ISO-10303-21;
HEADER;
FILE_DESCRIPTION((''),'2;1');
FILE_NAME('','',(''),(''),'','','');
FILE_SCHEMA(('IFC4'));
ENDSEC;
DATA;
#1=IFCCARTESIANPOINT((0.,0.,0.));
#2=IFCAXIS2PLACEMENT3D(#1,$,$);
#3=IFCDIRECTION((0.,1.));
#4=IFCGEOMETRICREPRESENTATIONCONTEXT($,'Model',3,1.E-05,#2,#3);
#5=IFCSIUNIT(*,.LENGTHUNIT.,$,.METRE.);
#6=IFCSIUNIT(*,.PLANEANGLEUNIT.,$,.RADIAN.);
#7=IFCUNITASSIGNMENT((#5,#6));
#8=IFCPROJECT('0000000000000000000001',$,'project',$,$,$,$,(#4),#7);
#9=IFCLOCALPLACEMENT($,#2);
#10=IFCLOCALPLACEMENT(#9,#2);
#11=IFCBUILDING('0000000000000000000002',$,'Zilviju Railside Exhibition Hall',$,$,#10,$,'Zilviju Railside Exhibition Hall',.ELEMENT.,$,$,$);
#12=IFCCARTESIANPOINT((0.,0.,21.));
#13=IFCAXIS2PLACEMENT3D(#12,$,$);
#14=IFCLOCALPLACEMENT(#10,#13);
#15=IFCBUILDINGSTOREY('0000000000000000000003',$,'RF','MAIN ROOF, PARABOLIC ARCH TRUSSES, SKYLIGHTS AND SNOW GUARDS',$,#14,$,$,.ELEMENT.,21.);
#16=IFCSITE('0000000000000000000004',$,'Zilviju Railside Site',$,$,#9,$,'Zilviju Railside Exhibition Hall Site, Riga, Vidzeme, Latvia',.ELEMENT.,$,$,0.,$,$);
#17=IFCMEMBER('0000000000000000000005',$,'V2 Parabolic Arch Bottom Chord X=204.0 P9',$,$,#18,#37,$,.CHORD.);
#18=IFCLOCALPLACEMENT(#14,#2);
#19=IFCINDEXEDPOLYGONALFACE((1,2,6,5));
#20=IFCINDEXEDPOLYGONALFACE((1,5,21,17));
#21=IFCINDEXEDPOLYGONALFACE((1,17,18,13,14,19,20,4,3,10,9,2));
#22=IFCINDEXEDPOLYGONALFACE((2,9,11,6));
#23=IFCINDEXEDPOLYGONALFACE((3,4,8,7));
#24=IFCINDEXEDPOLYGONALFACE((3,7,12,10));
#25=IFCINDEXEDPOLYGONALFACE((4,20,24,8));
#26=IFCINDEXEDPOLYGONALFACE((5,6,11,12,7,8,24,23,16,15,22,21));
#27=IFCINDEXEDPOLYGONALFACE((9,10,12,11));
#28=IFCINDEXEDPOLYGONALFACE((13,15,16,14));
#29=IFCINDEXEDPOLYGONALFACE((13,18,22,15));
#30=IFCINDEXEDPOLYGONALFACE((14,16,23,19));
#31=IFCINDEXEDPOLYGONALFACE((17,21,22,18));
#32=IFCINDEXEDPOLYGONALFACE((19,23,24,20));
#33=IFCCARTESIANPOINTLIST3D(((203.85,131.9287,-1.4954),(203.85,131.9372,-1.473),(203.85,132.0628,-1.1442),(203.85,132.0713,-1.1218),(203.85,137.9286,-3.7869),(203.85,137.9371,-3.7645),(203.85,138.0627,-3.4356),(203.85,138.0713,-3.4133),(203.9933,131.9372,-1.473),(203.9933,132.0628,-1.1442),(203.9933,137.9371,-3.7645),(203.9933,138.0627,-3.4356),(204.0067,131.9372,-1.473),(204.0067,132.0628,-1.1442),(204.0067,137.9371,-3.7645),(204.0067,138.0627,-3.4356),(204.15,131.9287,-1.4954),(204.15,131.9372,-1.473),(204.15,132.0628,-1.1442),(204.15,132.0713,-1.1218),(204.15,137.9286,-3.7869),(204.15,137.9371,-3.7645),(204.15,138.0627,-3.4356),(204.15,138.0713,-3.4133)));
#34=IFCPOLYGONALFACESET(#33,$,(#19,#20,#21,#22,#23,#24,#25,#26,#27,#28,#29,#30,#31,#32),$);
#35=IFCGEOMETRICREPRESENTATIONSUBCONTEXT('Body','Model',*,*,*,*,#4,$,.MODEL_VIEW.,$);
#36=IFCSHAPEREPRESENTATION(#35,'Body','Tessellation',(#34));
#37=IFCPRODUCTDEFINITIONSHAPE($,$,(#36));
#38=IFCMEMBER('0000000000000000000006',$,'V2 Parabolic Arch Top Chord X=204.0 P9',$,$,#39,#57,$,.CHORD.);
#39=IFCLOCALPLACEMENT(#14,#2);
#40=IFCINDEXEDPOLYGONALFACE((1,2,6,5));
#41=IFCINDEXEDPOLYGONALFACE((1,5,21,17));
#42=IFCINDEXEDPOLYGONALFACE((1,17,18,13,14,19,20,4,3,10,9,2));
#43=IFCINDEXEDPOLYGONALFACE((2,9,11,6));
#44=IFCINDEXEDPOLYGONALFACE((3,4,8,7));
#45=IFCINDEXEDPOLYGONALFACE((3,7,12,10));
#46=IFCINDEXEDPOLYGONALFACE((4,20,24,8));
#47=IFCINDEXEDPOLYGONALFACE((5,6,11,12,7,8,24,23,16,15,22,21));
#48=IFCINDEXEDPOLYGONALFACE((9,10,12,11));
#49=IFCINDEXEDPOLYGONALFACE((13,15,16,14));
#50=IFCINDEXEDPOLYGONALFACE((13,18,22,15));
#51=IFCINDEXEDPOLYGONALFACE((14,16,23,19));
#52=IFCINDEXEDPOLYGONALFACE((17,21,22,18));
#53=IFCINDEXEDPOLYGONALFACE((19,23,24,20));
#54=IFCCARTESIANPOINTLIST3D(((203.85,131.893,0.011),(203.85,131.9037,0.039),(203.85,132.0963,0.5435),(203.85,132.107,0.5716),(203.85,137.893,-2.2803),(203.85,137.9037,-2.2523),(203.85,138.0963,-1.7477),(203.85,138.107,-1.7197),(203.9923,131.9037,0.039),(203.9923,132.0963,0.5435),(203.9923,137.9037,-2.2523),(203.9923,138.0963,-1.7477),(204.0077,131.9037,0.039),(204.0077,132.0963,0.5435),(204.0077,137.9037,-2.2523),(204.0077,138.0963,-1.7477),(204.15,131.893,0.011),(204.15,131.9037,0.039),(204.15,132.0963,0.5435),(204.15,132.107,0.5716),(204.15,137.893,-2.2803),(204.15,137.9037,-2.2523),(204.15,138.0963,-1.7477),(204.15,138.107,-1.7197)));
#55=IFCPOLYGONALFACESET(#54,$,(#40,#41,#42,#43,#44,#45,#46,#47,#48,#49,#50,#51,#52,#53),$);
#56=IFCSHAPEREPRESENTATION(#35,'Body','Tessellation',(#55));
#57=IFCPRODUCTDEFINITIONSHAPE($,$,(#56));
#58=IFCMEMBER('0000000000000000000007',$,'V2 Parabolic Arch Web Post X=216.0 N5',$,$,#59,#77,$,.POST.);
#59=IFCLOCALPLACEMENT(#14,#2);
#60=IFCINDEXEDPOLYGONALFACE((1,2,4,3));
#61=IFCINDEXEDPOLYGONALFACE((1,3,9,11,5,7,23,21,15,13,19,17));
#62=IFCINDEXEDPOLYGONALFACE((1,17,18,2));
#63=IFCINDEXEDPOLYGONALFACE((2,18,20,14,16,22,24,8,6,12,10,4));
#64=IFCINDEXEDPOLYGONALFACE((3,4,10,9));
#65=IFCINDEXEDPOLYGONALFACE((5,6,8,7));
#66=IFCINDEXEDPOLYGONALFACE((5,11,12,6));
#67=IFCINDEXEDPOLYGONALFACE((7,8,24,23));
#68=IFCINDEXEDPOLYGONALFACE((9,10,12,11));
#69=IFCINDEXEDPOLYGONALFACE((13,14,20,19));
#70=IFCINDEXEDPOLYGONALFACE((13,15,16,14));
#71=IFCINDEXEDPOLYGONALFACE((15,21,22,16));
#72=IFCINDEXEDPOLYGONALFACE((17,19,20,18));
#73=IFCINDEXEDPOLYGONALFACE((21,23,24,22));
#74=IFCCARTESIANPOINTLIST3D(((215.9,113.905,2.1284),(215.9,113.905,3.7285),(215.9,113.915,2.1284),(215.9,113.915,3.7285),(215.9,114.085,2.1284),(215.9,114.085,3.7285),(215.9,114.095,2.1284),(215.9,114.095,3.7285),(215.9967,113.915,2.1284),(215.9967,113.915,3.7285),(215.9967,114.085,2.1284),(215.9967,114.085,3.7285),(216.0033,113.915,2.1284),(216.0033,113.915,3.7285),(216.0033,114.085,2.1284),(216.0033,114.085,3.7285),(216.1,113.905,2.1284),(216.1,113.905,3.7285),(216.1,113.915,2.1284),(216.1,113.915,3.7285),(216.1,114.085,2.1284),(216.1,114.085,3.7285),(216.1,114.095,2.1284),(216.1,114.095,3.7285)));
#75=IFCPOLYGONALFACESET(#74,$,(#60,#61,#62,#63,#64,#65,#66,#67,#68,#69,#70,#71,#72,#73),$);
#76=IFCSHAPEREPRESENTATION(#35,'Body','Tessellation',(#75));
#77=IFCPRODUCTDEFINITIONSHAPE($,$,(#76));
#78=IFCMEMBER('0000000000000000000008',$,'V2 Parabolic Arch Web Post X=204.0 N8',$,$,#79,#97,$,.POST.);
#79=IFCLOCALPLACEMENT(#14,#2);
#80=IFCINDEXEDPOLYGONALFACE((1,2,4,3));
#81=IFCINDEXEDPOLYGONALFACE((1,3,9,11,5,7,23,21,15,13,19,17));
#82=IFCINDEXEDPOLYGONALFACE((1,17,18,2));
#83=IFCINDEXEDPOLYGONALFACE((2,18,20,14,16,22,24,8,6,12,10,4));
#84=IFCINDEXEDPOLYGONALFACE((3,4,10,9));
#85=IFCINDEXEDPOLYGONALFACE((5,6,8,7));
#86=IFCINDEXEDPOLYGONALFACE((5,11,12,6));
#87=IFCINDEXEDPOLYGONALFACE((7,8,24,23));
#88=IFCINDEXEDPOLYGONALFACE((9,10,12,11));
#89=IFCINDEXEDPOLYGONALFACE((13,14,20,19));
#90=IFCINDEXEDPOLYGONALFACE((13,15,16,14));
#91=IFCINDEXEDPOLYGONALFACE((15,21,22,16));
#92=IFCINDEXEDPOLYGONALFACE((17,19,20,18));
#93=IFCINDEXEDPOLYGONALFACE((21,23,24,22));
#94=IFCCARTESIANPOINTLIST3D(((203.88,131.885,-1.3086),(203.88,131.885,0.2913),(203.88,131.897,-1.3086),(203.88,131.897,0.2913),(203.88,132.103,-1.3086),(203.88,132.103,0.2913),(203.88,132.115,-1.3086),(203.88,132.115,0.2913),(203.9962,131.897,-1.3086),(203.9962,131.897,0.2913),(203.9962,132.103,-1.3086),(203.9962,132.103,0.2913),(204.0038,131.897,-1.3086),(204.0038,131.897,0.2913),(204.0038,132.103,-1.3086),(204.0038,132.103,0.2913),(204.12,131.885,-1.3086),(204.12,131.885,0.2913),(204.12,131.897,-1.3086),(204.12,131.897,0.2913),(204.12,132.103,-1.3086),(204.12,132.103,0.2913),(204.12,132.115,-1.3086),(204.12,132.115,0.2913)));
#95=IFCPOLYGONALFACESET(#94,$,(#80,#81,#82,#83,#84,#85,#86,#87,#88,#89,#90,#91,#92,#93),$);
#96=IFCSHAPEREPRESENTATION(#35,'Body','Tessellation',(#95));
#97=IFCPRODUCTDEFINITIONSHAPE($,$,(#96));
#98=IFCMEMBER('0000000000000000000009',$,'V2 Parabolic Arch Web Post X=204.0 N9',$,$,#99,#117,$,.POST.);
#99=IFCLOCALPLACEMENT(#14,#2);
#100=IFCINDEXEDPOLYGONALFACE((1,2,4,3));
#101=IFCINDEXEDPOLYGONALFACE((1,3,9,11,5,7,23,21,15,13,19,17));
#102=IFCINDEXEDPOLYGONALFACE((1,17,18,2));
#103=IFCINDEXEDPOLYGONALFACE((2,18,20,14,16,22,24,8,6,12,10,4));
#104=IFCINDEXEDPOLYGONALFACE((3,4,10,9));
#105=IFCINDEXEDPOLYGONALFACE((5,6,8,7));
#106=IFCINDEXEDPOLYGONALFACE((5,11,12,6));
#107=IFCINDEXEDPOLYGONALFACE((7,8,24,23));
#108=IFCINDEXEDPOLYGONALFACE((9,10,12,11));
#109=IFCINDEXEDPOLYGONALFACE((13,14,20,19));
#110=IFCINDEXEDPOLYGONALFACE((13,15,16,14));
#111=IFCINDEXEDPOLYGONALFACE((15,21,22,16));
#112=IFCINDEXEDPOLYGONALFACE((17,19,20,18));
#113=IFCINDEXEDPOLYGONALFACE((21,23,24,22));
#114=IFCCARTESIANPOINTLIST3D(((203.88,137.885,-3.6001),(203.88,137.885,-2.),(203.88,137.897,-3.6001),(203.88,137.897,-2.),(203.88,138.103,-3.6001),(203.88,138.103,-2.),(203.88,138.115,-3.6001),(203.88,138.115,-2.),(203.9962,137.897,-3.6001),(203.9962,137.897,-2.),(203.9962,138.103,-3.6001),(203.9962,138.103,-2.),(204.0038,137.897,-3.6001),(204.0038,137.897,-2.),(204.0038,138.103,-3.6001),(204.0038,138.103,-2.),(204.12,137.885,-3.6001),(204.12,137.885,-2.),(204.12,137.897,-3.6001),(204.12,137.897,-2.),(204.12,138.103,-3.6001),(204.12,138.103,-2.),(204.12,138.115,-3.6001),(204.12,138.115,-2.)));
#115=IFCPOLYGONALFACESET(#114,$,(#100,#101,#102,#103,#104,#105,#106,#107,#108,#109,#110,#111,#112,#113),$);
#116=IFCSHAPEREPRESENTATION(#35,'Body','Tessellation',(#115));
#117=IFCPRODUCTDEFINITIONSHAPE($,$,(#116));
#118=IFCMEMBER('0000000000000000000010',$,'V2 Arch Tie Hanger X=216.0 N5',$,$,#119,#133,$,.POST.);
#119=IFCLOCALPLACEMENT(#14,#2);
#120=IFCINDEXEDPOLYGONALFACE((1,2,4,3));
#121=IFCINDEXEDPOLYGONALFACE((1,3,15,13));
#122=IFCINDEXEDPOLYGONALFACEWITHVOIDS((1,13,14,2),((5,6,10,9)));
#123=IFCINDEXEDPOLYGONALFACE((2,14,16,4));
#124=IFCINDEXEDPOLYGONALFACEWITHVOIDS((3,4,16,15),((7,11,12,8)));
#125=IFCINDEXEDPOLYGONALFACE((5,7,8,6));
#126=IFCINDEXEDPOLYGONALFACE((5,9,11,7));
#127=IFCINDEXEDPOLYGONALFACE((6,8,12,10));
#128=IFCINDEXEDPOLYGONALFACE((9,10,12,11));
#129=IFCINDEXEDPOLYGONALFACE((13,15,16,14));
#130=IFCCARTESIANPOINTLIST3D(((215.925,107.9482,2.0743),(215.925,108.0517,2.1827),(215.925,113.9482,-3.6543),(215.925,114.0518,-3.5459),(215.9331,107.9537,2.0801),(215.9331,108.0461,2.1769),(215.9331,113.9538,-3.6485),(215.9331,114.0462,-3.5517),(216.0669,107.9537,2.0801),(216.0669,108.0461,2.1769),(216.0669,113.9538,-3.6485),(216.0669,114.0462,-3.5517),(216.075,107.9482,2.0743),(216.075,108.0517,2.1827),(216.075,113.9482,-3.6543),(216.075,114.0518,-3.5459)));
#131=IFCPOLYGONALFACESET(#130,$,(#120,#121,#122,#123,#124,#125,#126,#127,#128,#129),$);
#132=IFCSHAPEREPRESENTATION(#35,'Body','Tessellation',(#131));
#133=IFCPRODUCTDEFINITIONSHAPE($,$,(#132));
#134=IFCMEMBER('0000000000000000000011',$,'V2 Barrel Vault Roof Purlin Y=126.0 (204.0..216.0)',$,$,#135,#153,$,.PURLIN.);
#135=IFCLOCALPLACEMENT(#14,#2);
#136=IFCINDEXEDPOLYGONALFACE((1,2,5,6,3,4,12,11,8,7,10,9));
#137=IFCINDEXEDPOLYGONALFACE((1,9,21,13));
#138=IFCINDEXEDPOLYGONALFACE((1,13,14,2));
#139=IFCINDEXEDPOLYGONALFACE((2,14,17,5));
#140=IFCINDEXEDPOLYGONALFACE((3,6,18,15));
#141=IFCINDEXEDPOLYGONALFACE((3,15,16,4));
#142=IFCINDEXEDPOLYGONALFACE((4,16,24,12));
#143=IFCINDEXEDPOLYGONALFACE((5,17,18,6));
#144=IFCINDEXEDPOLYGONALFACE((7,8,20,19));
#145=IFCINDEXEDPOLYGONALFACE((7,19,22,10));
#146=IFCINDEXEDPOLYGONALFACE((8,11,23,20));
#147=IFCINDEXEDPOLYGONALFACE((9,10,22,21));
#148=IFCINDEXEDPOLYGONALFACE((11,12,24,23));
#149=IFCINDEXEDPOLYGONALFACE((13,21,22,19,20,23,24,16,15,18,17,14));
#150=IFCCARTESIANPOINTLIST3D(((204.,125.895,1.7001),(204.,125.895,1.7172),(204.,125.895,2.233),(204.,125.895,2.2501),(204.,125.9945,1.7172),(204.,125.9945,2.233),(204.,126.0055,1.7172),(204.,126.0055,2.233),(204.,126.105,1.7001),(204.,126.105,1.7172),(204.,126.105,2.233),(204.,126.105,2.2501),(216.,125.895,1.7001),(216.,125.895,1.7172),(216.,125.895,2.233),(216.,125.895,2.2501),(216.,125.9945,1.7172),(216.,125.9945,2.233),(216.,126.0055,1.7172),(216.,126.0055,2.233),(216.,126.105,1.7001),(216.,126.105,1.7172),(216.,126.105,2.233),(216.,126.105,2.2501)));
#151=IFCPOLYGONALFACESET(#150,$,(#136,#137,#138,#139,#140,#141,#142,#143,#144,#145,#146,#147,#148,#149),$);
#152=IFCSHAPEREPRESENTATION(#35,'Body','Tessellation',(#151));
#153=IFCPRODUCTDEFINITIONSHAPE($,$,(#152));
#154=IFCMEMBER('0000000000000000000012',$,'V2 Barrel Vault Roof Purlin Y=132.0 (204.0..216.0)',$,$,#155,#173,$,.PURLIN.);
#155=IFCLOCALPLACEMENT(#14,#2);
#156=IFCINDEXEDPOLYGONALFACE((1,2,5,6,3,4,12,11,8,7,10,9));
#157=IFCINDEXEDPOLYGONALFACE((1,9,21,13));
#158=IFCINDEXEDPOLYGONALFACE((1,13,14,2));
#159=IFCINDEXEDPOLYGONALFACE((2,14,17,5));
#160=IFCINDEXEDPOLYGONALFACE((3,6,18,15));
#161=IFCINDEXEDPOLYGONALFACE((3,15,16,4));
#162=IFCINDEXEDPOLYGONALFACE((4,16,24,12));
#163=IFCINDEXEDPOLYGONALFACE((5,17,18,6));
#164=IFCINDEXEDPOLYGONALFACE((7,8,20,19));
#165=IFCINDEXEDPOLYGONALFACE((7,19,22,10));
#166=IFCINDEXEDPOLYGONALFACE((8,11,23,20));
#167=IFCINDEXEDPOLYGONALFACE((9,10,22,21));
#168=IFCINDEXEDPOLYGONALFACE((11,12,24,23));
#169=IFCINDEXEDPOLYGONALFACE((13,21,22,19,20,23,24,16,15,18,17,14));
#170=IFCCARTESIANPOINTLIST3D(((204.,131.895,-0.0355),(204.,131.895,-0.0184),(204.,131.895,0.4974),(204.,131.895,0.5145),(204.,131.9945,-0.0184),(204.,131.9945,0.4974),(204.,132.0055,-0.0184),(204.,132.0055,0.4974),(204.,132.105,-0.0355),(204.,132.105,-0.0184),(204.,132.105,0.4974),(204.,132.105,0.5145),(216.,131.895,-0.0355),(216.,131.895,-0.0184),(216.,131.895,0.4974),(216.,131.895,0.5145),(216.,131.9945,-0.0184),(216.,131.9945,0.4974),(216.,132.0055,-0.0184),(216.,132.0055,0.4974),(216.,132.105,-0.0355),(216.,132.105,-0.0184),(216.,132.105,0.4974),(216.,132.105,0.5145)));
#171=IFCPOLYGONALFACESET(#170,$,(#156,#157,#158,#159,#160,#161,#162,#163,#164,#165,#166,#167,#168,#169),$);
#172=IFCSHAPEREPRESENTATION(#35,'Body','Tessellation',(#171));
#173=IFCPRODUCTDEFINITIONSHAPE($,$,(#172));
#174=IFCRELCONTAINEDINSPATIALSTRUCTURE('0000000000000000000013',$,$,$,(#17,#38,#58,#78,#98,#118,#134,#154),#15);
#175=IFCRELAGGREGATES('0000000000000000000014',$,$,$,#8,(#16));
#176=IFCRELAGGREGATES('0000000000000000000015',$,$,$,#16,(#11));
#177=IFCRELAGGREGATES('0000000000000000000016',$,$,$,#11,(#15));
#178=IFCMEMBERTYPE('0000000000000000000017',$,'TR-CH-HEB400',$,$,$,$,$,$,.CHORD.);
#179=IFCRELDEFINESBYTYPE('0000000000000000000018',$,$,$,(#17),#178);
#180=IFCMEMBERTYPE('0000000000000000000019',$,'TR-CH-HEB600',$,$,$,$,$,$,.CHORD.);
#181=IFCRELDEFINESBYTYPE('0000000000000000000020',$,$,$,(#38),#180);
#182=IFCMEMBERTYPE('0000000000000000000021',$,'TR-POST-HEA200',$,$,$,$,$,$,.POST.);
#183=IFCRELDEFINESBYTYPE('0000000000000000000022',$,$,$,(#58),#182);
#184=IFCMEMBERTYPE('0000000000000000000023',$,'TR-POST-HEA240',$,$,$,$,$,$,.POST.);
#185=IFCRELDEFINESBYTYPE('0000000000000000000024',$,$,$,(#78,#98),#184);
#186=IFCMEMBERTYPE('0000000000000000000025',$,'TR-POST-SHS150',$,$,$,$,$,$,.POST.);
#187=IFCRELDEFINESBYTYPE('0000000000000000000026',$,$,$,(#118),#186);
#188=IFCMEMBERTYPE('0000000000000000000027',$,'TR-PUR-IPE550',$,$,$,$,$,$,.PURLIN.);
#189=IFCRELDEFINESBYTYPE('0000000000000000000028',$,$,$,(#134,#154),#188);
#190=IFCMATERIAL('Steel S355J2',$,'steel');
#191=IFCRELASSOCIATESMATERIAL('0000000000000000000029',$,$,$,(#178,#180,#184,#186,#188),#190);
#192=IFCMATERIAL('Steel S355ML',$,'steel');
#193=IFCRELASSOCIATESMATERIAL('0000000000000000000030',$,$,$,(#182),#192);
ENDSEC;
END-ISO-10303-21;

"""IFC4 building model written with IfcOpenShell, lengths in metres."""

from ifc_helpers import new_model, si_unit, direction, frame, origin, origin_2d, place, context, subcontext, project, spatial, hollow_rectangle, i_section, extrude, material, material_profile, profile_set, type_object, element, save


model = new_model("IFC4")

# Units and contexts
model_context = context("Model", 3, precision=1e-05, world=origin(), true_north=direction((0.0, 1.0)))
body_context = subcontext(model_context, "Body", "Model", "MODEL_VIEW")
ifc_project = project(units=[si_unit("LENGTHUNIT", "METRE"), si_unit("PLANEANGLEUNIT", "RADIAN")], contexts=[model_context])

# Site, building, storey
site_placement = place(None, origin())
site = spatial("IfcSite", under=ifc_project, at=site_placement, Name="Zilviju Railside Site", LongName="Zilviju Railside Exhibition Hall Site, Riga, Vidzeme, Latvia", CompositionType="ELEMENT", RefElevation=0.0)
building_placement = place(site_placement, origin())
building = spatial("IfcBuilding", under=site, at=building_placement, Name="Zilviju Railside Exhibition Hall", LongName="Zilviju Railside Exhibition Hall", CompositionType="ELEMENT")
storey_placement = place(building_placement, frame((0.0, 0.0, 21.0)))
storey = spatial("IfcBuildingStorey", under=building, at=storey_placement, Name="RF", Description="MAIN ROOF, PARABOLIC ARCH TRUSSES, SKYLIGHTS AND SNOW GUARDS", CompositionType="ELEMENT", Elevation=21.0)

# Members
ifc_material_1 = material(Name="Steel S355J2", Category="steel")
ifc_material_profile_1 = material_profile(ifc_material_1, i_section(OverallWidth=0.3, OverallDepth=0.3999, WebThickness=0.0134, FlangeThickness=0.0239, at=origin_2d()), Name="HEB 400")
ifc_profile_set_1 = profile_set([ifc_material_profile_1], Name="Steel S355J2")
member_type_1 = type_object("IfcMemberType", Name="TR-CH-HEB400", PredefinedType="CHORD", material=ifc_profile_set_1)
member_1_placement = place(storey_placement, frame((204.0, 132.0, -1.3086), z_axis=(0.0, 0.934188, -0.356782), x_axis=(-1.0, 0.0, 0.0)))
element("IfcMember", 1, at=member_1_placement, inside=storey, type_object=member_type_1, Name="V2 Parabolic Arch Bottom Chord X=204.0 P9", PredefinedType="CHORD", context=body_context, shape_type="SweptSolid", body=[
    extrude(i_section(OverallWidth=0.3, OverallDepth=0.3999, WebThickness=0.0134, FlangeThickness=0.0239, at=origin_2d()), origin(), (0.0, 0.0, 1.0), 6.4226),
])
ifc_material_profile_2 = material_profile(ifc_material_1, i_section(OverallWidth=0.3, OverallDepth=0.6001, WebThickness=0.0154, FlangeThickness=0.03, at=origin_2d()), Name="HEB 600")
ifc_profile_set_2 = profile_set([ifc_material_profile_2], Name="Steel S355J2")
member_type_2 = type_object("IfcMemberType", Name="TR-CH-HEB600", PredefinedType="CHORD", material=ifc_profile_set_2)
member_2_placement = place(storey_placement, frame((204.0, 132.0, 0.2913), z_axis=(0.0, 0.9342, -0.356749), x_axis=(-1.0, 0.0, 0.0)))
element("IfcMember", 2, at=member_2_placement, inside=storey, type_object=member_type_2, Name="V2 Parabolic Arch Top Chord X=204.0 P9", PredefinedType="CHORD", context=body_context, shape_type="SweptSolid", body=[
    extrude(i_section(OverallWidth=0.3, OverallDepth=0.6001, WebThickness=0.0154, FlangeThickness=0.03, at=origin_2d()), origin(), (0.0, 0.0, 1.0), 6.4226),
])
ifc_material_2 = material(Name="Steel S355ML", Category="steel")
ifc_material_profile_3 = material_profile(ifc_material_2, i_section(OverallWidth=0.2, OverallDepth=0.1899, WebThickness=0.0066, FlangeThickness=0.01, at=origin_2d()), Name="HEA 200")
ifc_profile_set_3 = profile_set([ifc_material_profile_3], Name="Steel S355ML")
member_type_3 = type_object("IfcMemberType", Name="TR-POST-HEA200", PredefinedType="POST", material=ifc_profile_set_3)
member_3_placement = place(storey_placement, frame((216.0, 114.0, 2.1284), z_axis=(0.0, 0.0, 1.0), x_axis=(1.0, 0.0, 0.0)))
element("IfcMember", 3, at=member_3_placement, inside=storey, type_object=member_type_3, Name="V2 Parabolic Arch Web Post X=216.0 N5", PredefinedType="POST", context=body_context, shape_type="SweptSolid", body=[
    extrude(i_section(OverallWidth=0.2, OverallDepth=0.1899, WebThickness=0.0066, FlangeThickness=0.01, at=origin_2d()), origin(), (0.0, 0.0, 1.0), 1.6001),
])
ifc_material_profile_4 = material_profile(ifc_material_1, i_section(OverallWidth=0.24, OverallDepth=0.23, WebThickness=0.0076, FlangeThickness=0.012, at=origin_2d()), Name="HEA 240")
ifc_profile_set_4 = profile_set([ifc_material_profile_4], Name="Steel S355J2")
member_type_4 = type_object("IfcMemberType", Name="TR-POST-HEA240", PredefinedType="POST", material=ifc_profile_set_4)
member_4_placement = place(storey_placement, frame((204.0, 132.0, -1.3086), z_axis=(0.0, 0.0, 1.0), x_axis=(1.0, 0.0, 0.0)))
element("IfcMember", 4, at=member_4_placement, inside=storey, type_object=member_type_4, Name="V2 Parabolic Arch Web Post X=204.0 N8", PredefinedType="POST", context=body_context, shape_type="SweptSolid", body=[
    extrude(i_section(OverallWidth=0.24, OverallDepth=0.23, WebThickness=0.0076, FlangeThickness=0.012, at=origin_2d()), origin(), (0.0, 0.0, 1.0), 1.5999),
])
member_5_placement = place(storey_placement, frame((204.0, 138.0, -3.6001), z_axis=(0.0, 0.0, 1.0), x_axis=(1.0, 0.0, 0.0)))
element("IfcMember", 5, at=member_5_placement, inside=storey, type_object=member_type_4, Name="V2 Parabolic Arch Web Post X=204.0 N9", PredefinedType="POST", context=body_context, shape_type="SweptSolid", body=[
    extrude(i_section(OverallWidth=0.24, OverallDepth=0.23, WebThickness=0.0076, FlangeThickness=0.012, at=origin_2d()), origin(), (0.0, 0.0, 1.0), 1.6001),
])
ifc_material_profile_5 = material_profile(ifc_material_1, hollow_rectangle(XDim=0.1499, YDim=0.1499, WallThickness=0.0081, at=origin_2d()), Name="SHS 150x150x8.0")
ifc_profile_set_5 = profile_set([ifc_material_profile_5], Name="Steel S355J2")
member_type_5 = type_object("IfcMemberType", Name="TR-POST-SHS150", PredefinedType="POST", material=ifc_profile_set_5)
member_6_placement = place(storey_placement, frame((216.0, 114.0, -3.6001), z_axis=(0.0, -0.723281, 0.690554), x_axis=(1.0, 0.0, 0.0)))
element("IfcMember", 6, at=member_6_placement, inside=storey, type_object=member_type_5, Name="V2 Arch Tie Hanger X=216.0 N5", PredefinedType="POST", context=body_context, shape_type="SweptSolid", body=[
    extrude(hollow_rectangle(XDim=0.1499, YDim=0.1499, WallThickness=0.0081, at=origin_2d()), origin(), (0.0, 0.0, 1.0), 8.2957),
])
ifc_material_profile_6 = material_profile(ifc_material_1, i_section(OverallWidth=0.21, OverallDepth=0.55, WebThickness=0.011, FlangeThickness=0.0171, at=origin_2d()), Name="IPE 550")
ifc_profile_set_6 = profile_set([ifc_material_profile_6], Name="Steel S355J2")
member_type_6 = type_object("IfcMemberType", Name="TR-PUR-IPE550", PredefinedType="PURLIN", material=ifc_profile_set_6)
for number, where, z_axis, x_axis, name in (
    (7, (204.0, 126.0, 1.9751), (1.0, 0.0, 0.0), (0.0, 1.0, 0.0), "V2 Barrel Vault Roof Purlin Y=126.0 (204.0..216.0)"),
    (8, (204.0, 132.0, 0.2395), (1.0, 0.0, 0.0), (0.0, 1.0, 0.0), "V2 Barrel Vault Roof Purlin Y=132.0 (204.0..216.0)"),
):
    element("IfcMember", number, at=place(storey_placement, frame(where, z_axis=z_axis, x_axis=x_axis)), inside=storey, type_object=member_type_6, Name=name, PredefinedType="PURLIN", context=body_context, shape_type="SweptSolid", body=[
        extrude(i_section(OverallWidth=0.21, OverallDepth=0.55, WebThickness=0.011, FlangeThickness=0.0171, at=origin_2d()), origin(), (0.0, 0.0, 1.0), 12.0),
    ])

save(model, "model.ifc")
